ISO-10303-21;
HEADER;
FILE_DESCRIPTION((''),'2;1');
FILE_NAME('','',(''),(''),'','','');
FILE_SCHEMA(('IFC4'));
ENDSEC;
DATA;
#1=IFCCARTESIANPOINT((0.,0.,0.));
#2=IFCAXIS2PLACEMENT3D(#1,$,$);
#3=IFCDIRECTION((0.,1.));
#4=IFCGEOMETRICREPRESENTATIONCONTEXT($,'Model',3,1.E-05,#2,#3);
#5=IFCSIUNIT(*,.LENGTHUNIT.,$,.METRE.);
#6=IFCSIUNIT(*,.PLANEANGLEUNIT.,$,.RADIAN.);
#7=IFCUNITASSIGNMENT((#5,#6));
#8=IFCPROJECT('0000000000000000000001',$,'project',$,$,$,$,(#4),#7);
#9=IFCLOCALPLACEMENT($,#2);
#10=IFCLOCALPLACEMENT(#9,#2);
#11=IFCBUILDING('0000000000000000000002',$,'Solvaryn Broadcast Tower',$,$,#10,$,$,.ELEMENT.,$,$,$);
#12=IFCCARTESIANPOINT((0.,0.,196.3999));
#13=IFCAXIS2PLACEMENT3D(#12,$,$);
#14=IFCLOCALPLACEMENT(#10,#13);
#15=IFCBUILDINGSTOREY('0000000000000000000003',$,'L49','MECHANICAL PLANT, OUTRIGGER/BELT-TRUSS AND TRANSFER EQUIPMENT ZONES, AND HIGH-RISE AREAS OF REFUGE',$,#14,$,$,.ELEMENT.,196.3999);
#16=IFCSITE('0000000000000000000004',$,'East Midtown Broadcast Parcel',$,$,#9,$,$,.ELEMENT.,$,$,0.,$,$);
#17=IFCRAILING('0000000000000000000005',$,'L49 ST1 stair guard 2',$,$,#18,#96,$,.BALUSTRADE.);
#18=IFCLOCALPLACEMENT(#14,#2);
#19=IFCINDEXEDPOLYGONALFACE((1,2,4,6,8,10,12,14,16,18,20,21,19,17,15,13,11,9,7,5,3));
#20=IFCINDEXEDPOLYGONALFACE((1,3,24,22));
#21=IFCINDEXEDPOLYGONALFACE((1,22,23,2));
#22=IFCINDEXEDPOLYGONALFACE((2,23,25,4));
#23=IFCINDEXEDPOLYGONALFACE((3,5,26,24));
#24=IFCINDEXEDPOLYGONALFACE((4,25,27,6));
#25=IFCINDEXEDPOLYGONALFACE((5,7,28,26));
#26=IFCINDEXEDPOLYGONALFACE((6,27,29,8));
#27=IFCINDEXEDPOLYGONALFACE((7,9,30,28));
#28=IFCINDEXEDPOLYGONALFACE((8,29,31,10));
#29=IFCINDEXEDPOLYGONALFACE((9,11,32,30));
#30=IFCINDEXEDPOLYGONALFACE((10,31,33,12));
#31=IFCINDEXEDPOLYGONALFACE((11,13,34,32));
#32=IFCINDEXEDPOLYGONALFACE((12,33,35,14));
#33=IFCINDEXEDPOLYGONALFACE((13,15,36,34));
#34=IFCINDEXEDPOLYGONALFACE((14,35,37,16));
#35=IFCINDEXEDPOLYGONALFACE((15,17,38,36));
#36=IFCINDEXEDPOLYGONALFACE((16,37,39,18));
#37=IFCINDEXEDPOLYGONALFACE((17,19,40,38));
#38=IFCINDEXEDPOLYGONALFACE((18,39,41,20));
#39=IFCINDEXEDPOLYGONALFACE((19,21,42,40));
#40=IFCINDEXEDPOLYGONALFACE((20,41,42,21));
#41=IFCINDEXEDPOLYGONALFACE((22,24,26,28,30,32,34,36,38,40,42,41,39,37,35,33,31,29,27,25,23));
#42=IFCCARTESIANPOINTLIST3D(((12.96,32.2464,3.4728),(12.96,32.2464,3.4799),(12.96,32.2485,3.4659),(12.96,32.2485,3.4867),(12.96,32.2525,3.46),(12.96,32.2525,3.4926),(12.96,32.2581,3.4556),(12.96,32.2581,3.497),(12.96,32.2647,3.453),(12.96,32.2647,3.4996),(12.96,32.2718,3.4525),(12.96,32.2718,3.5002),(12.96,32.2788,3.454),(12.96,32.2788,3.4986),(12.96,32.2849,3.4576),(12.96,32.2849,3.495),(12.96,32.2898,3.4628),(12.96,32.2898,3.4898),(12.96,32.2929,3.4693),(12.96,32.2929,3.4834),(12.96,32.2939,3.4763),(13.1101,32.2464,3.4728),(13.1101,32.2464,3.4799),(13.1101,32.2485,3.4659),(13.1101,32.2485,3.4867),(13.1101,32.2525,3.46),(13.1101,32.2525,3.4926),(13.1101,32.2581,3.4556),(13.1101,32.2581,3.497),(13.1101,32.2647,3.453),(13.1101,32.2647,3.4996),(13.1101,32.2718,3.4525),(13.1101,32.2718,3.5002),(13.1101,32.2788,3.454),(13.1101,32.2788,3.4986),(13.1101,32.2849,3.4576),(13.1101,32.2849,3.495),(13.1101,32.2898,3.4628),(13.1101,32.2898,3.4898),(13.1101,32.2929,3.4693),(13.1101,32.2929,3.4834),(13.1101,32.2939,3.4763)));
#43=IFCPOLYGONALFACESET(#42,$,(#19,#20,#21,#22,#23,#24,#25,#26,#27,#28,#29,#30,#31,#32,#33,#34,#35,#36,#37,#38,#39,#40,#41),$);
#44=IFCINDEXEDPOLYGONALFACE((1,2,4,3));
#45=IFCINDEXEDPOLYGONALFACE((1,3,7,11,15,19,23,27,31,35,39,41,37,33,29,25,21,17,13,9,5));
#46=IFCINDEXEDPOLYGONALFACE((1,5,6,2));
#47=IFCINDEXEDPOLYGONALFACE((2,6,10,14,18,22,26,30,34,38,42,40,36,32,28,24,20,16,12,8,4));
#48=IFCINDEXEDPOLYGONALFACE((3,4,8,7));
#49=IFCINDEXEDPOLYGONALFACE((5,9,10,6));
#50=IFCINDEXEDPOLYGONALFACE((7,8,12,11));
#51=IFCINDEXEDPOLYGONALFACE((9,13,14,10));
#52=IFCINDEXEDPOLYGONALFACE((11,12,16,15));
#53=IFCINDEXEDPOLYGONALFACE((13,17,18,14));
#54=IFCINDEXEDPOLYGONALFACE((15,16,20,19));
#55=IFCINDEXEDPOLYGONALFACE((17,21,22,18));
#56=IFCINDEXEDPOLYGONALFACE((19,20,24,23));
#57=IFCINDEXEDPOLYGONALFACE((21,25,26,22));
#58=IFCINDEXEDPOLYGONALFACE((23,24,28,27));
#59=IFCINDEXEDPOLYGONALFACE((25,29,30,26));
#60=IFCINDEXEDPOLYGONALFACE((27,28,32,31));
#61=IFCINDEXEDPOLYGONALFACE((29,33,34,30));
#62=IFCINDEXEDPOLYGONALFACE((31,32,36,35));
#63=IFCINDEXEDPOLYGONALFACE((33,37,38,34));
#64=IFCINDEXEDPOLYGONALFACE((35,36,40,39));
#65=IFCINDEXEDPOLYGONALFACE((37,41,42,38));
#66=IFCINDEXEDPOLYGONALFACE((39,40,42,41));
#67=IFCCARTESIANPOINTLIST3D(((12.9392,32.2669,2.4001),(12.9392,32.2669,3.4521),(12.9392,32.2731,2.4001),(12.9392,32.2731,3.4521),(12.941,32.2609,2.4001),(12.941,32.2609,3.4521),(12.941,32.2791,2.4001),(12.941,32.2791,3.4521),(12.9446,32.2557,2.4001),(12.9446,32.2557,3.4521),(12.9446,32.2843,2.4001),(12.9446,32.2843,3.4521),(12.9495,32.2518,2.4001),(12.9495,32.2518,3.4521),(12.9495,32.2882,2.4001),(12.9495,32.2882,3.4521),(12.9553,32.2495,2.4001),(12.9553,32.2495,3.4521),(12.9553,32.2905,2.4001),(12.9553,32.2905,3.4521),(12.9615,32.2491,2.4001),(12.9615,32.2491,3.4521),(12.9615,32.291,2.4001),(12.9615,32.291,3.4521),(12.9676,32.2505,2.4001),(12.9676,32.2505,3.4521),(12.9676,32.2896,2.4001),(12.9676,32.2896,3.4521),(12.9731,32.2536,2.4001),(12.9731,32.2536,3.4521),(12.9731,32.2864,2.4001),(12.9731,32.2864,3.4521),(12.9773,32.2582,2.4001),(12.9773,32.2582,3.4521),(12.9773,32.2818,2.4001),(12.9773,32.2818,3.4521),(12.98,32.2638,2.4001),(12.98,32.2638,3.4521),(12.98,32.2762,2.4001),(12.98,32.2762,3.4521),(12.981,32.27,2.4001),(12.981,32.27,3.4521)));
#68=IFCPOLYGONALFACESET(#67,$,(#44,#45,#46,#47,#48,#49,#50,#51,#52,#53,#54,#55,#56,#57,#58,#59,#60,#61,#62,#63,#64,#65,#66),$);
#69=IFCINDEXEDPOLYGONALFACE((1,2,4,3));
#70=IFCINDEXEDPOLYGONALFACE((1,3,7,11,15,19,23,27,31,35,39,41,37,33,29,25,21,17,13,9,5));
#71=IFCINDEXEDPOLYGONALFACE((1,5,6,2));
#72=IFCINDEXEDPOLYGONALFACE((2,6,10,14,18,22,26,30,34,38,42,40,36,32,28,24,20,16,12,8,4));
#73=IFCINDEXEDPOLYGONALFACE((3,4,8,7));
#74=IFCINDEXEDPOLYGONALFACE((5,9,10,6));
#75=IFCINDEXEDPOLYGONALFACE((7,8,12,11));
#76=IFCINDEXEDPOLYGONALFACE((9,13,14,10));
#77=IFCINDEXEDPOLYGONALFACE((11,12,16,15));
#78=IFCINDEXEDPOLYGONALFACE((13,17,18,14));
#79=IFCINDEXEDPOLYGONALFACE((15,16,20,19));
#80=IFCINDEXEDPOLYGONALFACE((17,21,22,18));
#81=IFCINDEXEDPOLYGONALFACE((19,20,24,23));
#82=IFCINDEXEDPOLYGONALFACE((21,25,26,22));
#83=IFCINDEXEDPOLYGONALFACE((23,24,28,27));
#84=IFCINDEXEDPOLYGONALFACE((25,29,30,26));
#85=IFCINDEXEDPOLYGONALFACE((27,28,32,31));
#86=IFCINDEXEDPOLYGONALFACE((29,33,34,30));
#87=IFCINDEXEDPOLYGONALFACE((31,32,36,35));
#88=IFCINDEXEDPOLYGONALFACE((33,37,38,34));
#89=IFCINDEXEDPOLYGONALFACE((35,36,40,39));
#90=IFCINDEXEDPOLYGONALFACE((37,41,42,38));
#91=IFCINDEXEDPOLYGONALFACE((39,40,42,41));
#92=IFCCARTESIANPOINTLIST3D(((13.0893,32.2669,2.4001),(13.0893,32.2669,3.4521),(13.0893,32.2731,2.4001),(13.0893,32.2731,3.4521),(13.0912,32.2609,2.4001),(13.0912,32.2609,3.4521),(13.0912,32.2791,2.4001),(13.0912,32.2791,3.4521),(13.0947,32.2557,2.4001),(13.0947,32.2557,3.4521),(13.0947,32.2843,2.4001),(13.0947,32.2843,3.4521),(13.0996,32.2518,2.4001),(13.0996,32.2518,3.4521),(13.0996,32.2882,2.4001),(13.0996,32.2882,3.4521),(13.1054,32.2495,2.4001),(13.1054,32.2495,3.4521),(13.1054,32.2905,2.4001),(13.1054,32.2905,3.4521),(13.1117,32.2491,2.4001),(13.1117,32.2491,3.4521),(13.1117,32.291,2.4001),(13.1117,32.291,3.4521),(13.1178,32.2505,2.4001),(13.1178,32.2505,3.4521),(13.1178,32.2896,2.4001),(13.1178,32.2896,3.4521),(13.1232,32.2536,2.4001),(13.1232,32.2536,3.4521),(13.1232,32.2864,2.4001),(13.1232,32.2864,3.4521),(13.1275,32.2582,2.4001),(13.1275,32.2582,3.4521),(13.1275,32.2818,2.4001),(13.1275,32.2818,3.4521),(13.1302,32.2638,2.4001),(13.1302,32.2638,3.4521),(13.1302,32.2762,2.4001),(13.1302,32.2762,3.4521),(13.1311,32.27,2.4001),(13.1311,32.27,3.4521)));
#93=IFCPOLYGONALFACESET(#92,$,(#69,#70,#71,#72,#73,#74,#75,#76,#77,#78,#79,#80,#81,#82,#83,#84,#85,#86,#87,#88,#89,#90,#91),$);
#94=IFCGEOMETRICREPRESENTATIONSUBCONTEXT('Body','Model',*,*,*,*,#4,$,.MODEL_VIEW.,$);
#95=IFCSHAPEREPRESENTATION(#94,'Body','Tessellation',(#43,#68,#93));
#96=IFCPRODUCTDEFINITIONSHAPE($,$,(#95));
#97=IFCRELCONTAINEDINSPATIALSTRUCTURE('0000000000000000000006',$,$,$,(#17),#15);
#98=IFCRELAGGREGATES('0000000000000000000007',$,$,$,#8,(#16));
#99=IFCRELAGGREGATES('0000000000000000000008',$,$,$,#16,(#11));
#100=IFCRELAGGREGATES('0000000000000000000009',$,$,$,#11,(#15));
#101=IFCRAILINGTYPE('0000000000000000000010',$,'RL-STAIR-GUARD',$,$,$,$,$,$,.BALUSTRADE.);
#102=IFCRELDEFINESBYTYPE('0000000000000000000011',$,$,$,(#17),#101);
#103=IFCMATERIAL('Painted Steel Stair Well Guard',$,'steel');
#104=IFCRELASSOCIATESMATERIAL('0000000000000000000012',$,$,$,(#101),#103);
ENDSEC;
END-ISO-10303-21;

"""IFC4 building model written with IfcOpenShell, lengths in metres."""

from ifc_helpers import new_model, si_unit, direction, frame, origin, origin_2d, place, context, subcontext, project, spatial, circle, extrude, material, type_object, element, save


model = new_model("IFC4")

# Units and contexts
model_context = context("Model", 3, precision=1e-05, world=origin(), true_north=direction((0.0, 1.0)))
body_context = subcontext(model_context, "Body", "Model", "MODEL_VIEW")
ifc_project = project(units=[si_unit("LENGTHUNIT", "METRE"), si_unit("PLANEANGLEUNIT", "RADIAN")], contexts=[model_context])

# Site, building, storey
site_placement = place(None, origin())
site = spatial("IfcSite", under=ifc_project, at=site_placement, Name="East Midtown Broadcast Parcel", CompositionType="ELEMENT", RefElevation=0.0)
building_placement = place(site_placement, origin())
building = spatial("IfcBuilding", under=site, at=building_placement, Name="Solvaryn Broadcast Tower", CompositionType="ELEMENT")
storey_placement = place(building_placement, frame((0.0, 0.0, 196.3999)))
storey = spatial("IfcBuildingStorey", under=building, at=storey_placement, Name="L49", Description="MECHANICAL PLANT, OUTRIGGER/BELT-TRUSS AND TRANSFER EQUIPMENT ZONES, AND HIGH-RISE AREAS OF REFUGE", CompositionType="ELEMENT", Elevation=196.3999)

# Railing
ifc_material_1 = material(Name="Painted Steel Stair Well Guard", Category="steel")
railing_type_1 = type_object("IfcRailingType", Name="RL-STAIR-GUARD", PredefinedType="BALUSTRADE", material=ifc_material_1)
railing_1_placement = place(storey_placement, frame((12.96, 32.27, 2.4001)))
element("IfcRailing", 1, at=railing_1_placement, inside=storey, type_object=railing_type_1, Name="L49 ST1 stair guard 2", PredefinedType="BALUSTRADE", context=body_context, shape_type="SweptSolid", body=[
    extrude(circle(Radius=0.0239, at=origin_2d()), frame((0.0, 0.0, 1.0762), z_axis=(1.0, 0.0, 0.0), x_axis=(0.0, 1.0, 0.0)), (0.0, 0.0, 1.0), 0.1501),
    extrude(circle(Radius=0.021, at=origin_2d()), origin(), (0.0, 0.0, 1.0), 1.052),
    extrude(circle(Radius=0.021, at=origin_2d()), frame((0.1501, 0.0, 0.0)), (0.0, 0.0, 1.0), 1.052),
])

save(model, "model.ifc")
